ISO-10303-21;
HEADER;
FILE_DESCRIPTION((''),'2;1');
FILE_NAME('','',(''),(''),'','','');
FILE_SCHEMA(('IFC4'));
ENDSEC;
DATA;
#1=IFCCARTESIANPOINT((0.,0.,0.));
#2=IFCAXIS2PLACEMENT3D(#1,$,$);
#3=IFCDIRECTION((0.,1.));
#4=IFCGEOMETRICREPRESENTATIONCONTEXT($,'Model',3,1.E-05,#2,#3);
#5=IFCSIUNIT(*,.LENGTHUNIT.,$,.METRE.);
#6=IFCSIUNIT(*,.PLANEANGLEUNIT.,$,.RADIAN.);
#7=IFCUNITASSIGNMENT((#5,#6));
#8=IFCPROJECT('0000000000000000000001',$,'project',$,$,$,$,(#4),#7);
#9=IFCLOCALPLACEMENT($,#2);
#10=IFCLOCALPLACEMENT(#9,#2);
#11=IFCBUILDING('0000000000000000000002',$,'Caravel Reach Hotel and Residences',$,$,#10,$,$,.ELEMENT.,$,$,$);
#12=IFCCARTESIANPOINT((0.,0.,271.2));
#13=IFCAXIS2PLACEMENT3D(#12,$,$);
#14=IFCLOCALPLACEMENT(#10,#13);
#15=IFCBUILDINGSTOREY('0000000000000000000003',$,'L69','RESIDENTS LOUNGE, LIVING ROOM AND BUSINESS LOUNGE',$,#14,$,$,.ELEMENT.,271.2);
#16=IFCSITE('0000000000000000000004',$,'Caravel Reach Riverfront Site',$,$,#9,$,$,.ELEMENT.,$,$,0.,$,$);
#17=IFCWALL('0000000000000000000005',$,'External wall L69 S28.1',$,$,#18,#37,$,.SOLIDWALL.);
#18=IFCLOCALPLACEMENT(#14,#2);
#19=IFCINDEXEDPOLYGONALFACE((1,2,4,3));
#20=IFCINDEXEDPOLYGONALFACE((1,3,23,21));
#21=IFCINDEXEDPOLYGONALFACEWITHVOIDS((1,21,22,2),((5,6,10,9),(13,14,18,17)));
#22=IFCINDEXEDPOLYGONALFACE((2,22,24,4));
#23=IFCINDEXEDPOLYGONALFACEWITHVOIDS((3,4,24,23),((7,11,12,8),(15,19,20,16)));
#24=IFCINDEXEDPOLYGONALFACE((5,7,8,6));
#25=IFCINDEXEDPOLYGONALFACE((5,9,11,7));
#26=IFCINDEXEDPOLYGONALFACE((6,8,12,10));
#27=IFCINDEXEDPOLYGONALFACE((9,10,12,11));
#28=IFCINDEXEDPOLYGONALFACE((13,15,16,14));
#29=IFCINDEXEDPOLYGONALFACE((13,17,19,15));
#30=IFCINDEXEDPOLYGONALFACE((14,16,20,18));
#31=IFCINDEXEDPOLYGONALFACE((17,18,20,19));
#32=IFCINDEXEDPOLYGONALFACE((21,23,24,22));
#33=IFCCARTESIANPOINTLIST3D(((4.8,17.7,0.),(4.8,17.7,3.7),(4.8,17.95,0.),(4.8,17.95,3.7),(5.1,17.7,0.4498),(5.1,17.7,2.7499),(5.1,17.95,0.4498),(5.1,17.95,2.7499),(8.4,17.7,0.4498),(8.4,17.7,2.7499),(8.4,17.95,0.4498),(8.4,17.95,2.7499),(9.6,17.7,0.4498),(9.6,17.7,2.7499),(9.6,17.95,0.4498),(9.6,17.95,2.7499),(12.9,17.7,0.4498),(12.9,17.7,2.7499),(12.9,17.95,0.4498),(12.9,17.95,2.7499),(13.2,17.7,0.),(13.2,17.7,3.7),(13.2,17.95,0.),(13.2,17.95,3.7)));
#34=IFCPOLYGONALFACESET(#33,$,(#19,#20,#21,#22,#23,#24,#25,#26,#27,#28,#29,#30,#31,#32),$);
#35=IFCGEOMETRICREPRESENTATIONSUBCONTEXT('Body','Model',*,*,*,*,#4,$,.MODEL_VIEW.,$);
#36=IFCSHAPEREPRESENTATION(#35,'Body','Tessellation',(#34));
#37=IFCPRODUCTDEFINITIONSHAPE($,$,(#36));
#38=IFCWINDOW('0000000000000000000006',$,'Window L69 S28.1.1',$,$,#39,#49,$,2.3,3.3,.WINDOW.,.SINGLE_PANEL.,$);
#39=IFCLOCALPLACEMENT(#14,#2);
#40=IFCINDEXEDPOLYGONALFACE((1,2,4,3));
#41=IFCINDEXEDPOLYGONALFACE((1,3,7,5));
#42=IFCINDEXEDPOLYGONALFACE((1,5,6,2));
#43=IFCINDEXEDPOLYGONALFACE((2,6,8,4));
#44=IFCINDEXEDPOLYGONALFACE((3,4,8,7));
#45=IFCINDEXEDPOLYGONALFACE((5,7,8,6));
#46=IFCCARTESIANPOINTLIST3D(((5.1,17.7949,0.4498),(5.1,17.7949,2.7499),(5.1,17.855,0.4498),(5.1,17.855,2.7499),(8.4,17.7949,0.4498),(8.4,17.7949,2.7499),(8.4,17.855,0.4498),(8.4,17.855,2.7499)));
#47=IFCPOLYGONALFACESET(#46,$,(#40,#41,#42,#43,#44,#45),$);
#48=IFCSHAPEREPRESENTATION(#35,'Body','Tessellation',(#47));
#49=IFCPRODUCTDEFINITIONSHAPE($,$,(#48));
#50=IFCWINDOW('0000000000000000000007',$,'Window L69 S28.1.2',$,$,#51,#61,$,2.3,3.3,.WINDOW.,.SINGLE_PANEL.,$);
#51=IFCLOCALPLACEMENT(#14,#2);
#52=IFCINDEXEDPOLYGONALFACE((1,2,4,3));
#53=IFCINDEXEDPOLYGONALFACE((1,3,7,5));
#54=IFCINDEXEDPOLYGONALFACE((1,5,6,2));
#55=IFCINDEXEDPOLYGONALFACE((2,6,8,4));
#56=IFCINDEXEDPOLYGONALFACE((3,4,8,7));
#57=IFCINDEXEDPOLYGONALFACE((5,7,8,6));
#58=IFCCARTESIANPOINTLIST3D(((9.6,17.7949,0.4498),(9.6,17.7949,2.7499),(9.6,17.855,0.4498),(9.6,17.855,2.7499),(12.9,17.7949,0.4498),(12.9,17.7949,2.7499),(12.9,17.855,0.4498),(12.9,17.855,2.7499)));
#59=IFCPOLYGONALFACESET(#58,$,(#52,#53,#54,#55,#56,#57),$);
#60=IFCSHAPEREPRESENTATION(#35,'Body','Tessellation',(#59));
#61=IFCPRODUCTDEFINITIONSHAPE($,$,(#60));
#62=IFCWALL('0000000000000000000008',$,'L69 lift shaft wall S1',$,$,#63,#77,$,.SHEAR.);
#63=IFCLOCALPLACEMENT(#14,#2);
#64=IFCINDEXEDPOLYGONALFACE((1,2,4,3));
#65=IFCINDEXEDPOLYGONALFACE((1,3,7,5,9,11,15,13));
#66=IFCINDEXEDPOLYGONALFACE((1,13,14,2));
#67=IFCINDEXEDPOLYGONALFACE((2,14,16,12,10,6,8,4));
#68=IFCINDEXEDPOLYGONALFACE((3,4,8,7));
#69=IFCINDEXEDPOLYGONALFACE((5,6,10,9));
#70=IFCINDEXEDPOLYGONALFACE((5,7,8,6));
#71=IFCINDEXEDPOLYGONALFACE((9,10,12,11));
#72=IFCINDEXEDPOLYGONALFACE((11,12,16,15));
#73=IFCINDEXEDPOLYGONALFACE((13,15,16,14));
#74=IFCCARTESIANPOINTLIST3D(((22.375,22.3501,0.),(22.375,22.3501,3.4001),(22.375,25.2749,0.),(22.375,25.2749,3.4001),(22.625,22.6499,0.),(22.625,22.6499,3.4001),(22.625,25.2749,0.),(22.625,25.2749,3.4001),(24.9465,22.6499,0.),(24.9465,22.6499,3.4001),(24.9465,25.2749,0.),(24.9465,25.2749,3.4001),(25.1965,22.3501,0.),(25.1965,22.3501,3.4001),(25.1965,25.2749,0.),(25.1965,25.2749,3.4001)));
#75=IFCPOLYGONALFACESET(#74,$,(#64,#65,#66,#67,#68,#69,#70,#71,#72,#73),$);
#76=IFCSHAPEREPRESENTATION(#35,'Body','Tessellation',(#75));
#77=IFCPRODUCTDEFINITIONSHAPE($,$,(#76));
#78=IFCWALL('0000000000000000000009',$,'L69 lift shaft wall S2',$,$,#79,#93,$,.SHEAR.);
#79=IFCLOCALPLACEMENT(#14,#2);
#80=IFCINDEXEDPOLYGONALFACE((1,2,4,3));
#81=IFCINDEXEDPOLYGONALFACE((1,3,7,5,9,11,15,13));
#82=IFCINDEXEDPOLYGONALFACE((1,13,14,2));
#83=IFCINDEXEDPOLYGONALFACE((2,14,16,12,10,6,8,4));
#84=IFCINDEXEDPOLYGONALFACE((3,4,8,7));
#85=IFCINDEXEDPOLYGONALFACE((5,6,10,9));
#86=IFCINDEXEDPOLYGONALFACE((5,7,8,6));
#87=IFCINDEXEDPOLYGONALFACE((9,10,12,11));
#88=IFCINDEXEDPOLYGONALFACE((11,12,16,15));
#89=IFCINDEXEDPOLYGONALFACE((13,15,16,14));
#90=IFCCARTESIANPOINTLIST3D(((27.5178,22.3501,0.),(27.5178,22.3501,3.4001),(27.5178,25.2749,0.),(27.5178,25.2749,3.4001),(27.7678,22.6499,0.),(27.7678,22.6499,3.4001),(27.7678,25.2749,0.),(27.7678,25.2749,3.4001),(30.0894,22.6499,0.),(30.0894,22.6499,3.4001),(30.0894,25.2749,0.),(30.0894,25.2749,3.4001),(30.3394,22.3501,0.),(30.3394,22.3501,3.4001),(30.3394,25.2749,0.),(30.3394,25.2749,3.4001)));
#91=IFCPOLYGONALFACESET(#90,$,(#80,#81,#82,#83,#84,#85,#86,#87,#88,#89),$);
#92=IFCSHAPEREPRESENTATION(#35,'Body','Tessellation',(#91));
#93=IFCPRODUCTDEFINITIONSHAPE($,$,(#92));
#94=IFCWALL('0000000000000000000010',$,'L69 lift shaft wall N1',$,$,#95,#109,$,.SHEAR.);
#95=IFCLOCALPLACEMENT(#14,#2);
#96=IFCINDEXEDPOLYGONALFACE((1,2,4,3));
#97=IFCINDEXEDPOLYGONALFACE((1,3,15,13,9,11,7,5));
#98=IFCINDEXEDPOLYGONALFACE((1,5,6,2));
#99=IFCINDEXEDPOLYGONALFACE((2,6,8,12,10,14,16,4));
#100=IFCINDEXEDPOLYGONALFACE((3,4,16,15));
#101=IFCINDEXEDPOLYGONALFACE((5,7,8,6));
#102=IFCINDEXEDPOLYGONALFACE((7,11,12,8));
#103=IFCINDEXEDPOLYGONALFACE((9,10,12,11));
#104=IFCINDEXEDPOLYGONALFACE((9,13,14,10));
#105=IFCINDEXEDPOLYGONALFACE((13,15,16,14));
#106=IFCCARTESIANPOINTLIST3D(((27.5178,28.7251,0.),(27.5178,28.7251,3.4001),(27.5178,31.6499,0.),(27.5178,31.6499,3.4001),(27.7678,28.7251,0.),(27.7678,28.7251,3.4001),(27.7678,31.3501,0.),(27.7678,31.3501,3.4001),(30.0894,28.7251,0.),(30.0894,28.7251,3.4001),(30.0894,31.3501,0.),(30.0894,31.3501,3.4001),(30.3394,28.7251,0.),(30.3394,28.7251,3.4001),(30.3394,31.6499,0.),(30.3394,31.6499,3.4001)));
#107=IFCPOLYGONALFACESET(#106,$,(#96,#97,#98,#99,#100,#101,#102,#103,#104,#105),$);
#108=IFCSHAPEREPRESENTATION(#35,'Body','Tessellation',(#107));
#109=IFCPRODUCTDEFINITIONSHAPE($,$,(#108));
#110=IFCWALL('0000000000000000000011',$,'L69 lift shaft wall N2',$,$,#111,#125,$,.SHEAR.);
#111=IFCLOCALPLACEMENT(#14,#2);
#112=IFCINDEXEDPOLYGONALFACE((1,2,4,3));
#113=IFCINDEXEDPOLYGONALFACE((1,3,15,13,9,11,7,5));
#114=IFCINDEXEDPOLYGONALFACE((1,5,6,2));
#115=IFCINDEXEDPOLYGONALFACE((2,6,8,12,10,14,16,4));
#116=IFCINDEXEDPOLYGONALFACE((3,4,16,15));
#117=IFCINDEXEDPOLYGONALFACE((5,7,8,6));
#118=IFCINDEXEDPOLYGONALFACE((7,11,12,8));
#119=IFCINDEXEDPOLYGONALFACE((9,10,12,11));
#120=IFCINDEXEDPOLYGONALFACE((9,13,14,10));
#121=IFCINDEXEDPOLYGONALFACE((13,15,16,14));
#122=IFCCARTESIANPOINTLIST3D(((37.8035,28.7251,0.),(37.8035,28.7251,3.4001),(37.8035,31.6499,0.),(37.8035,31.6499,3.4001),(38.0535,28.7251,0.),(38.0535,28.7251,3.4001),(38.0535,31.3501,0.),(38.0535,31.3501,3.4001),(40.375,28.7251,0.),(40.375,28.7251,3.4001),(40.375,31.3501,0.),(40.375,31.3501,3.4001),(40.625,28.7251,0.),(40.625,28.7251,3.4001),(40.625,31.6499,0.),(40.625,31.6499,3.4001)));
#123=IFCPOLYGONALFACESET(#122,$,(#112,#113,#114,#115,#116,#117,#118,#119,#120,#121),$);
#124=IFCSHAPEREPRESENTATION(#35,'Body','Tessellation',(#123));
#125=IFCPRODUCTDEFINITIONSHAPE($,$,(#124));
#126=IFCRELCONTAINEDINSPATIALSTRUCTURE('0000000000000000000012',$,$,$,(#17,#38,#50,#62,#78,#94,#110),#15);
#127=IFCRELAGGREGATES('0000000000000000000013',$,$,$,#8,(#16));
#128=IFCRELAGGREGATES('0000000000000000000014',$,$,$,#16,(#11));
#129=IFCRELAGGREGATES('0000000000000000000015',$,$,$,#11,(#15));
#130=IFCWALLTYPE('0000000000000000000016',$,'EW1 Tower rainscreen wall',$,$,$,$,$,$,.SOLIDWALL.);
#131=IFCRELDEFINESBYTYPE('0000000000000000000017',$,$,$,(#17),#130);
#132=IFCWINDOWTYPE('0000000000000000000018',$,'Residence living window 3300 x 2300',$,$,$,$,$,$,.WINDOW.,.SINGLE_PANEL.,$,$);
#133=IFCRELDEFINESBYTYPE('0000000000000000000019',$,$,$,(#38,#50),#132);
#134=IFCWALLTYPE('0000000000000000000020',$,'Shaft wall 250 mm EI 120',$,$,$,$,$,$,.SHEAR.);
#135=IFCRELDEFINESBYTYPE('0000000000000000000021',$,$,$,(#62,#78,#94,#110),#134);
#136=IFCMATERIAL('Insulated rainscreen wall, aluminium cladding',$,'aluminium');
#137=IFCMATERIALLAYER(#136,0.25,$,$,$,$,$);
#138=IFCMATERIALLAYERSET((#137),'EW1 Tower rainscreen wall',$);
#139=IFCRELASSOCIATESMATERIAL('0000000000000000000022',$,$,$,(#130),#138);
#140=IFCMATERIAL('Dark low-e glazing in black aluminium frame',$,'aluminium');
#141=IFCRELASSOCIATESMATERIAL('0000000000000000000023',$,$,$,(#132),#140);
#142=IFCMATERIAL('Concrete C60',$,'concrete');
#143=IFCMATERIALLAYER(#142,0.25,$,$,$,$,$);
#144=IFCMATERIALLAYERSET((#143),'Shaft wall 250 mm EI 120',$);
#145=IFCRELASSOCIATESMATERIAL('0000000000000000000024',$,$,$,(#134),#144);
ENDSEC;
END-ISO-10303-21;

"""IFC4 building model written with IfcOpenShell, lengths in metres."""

from ifc_helpers import new_model, si_unit, direction, frame, frame_2d, origin, place, context, subcontext, project, spatial, polyline, rectangle, outline, extrude, material, layer, layer_set, type_object, element, fill, save


model = new_model("IFC4")

# Units and contexts
model_context = context("Model", 3, precision=1e-05, world=origin(), true_north=direction((0.0, 1.0)))
body_context = subcontext(model_context, "Body", "Model", "MODEL_VIEW")
ifc_project = project(units=[si_unit("LENGTHUNIT", "METRE"), si_unit("PLANEANGLEUNIT", "RADIAN")], contexts=[model_context])

# Site, building, storey
site_placement = place(None, origin())
site = spatial("IfcSite", under=ifc_project, at=site_placement, Name="Caravel Reach Riverfront Site", CompositionType="ELEMENT", RefElevation=0.0)
building_placement = place(site_placement, origin())
building = spatial("IfcBuilding", under=site, at=building_placement, Name="Caravel Reach Hotel and Residences", CompositionType="ELEMENT")
storey_placement = place(building_placement, frame((0.0, 0.0, 271.2)))
storey = spatial("IfcBuildingStorey", under=building, at=storey_placement, Name="L69", Description="RESIDENTS LOUNGE, LIVING ROOM AND BUSINESS LOUNGE", CompositionType="ELEMENT", Elevation=271.2)

# Wall, openings, windows
ifc_material_1 = material(Name="Insulated rainscreen wall, aluminium cladding", Category="aluminium")
ifc_layer_1 = layer(ifc_material_1, 0.25)
ifc_layer_set_1 = layer_set([ifc_layer_1], Name="EW1 Tower rainscreen wall")
wall_type_1 = type_object("IfcWallType", Name="EW1 Tower rainscreen wall", PredefinedType="SOLIDWALL", material=ifc_layer_set_1)
wall_1_placement = place(storey_placement, frame((4.8, 17.825, 0.0), z_axis=(0.0, 0.0, 1.0), x_axis=(1.0, 0.0, 0.0)))
wall_1 = element("IfcWall", 1, at=wall_1_placement, inside=storey, type_object=wall_type_1, Name="External wall L69 S28.1", PredefinedType="SOLIDWALL", context=body_context, shape_type="SweptSolid", body=[
    extrude(rectangle(XDim=8.3999, YDim=0.25, at=frame_2d((4.2, 0.0))), origin(), (0.0, 0.0, 1.0), 3.7),
])
opening_1_placement = place(wall_1_placement, frame((0.3, 0.0, 0.45)))
opening_1 = element("IfcOpeningElement", 2, at=opening_1_placement, cuts=wall_1, PredefinedType="OPENING", context=body_context, shape_type="SweptSolid", body=[
    extrude(rectangle(XDim=3.3, YDim=2.3, at=frame_2d((1.6499, 1.1499))), frame((0.0, 0.135, 0.0), z_axis=(0.0, -1.0, 0.0), x_axis=(1.0, 0.0, 0.0)), (0.0, 0.0, 1.0), 0.27),
])
opening_2_placement = place(wall_1_placement, frame((4.8, 0.0, 0.45)))
opening_2 = element("IfcOpeningElement", 3, at=opening_2_placement, cuts=wall_1, PredefinedType="OPENING", context=body_context, shape_type="SweptSolid", body=[
    extrude(rectangle(XDim=3.3, YDim=2.3, at=frame_2d((1.6499, 1.1499))), frame((0.0, 0.135, 0.0), z_axis=(0.0, -1.0, 0.0), x_axis=(1.0, 0.0, 0.0)), (0.0, 0.0, 1.0), 0.27),
])
ifc_material_2 = material(Name="Dark low-e glazing in black aluminium frame", Category="aluminium")
window_type = type_object("IfcWindowType", Name="Residence living window 3300 x 2300", PartitioningType="SINGLE_PANEL", PredefinedType="WINDOW", material=ifc_material_2)
window_1_placement = place(opening_1_placement, origin())
window_1 = element("IfcWindow", 4, at=window_1_placement, inside=storey, type_object=window_type, Name="Window L69 S28.1.1", OverallHeight=2.3, OverallWidth=3.3, PartitioningType="SINGLE_PANEL", PredefinedType="WINDOW", context=body_context, shape_type="SweptSolid", body=[
    extrude(rectangle(XDim=3.3, YDim=2.3, at=frame_2d((1.6499, 1.1499))), frame((0.0, 0.03, 0.0), z_axis=(0.0, -1.0, 0.0), x_axis=(1.0, 0.0, 0.0)), (0.0, 0.0, 1.0), 0.0601),
])
fill(opening_1, window_1)
window_2_placement = place(opening_2_placement, origin())
window_2 = element("IfcWindow", 5, at=window_2_placement, inside=storey, type_object=window_type, Name="Window L69 S28.1.2", OverallHeight=2.3, OverallWidth=3.3, PartitioningType="SINGLE_PANEL", PredefinedType="WINDOW", context=body_context, shape_type="SweptSolid", body=[
    extrude(rectangle(XDim=3.3, YDim=2.3, at=frame_2d((1.6499, 1.1499))), frame((0.0, 0.03, 0.0), z_axis=(0.0, -1.0, 0.0), x_axis=(1.0, 0.0, 0.0)), (0.0, 0.0, 1.0), 0.0601),
])
fill(opening_2, window_2)

# Walls
ifc_material_3 = material(Name="Concrete C60", Category="concrete")
ifc_layer_2 = layer(ifc_material_3, 0.25)
ifc_layer_set_2 = layer_set([ifc_layer_2], Name="Shaft wall 250 mm EI 120")
wall_type_2 = type_object("IfcWallType", Name="Shaft wall 250 mm EI 120", PredefinedType="SHEAR", material=ifc_layer_set_2)
wall_2_placement = place(storey_placement, origin())
element("IfcWall", 6, at=wall_2_placement, inside=storey, type_object=wall_type_2, Name="L69 lift shaft wall S1", PredefinedType="SHEAR", context=body_context, shape_type="SweptSolid", body=[
    extrude(outline(polyline([(22.375, 22.3501), (25.1965, 22.3501), (25.1965, 25.2749), (24.9465, 25.2749), (24.9465, 22.6499), (22.625, 22.6499), (22.625, 25.2749), (22.375, 25.2749), (22.375, 22.3501)])), origin(), (0.0, 0.0, 1.0), 3.4001),
])
wall_3_placement = place(storey_placement, origin())
element("IfcWall", 7, at=wall_3_placement, inside=storey, type_object=wall_type_2, Name="L69 lift shaft wall S2", PredefinedType="SHEAR", context=body_context, shape_type="SweptSolid", body=[
    extrude(outline(polyline([(27.5178, 22.3501), (30.3394, 22.3501), (30.3394, 25.2749), (30.0894, 25.2749), (30.0894, 22.6499), (27.7678, 22.6499), (27.7678, 25.2749), (27.5178, 25.2749), (27.5178, 22.3501)])), origin(), (0.0, 0.0, 1.0), 3.4001),
])
wall_4_placement = place(storey_placement, origin())
element("IfcWall", 8, at=wall_4_placement, inside=storey, type_object=wall_type_2, Name="L69 lift shaft wall N1", PredefinedType="SHEAR", context=body_context, shape_type="SweptSolid", body=[
    extrude(outline(polyline([(27.5178, 28.7251), (27.7678, 28.7251), (27.7678, 31.3501), (30.0894, 31.3501), (30.0894, 28.7251), (30.3394, 28.7251), (30.3394, 31.6499), (27.5178, 31.6499), (27.5178, 28.7251)])), origin(), (0.0, 0.0, 1.0), 3.4001),
])
wall_5_placement = place(storey_placement, origin())
element("IfcWall", 9, at=wall_5_placement, inside=storey, type_object=wall_type_2, Name="L69 lift shaft wall N2", PredefinedType="SHEAR", context=body_context, shape_type="SweptSolid", body=[
    extrude(outline(polyline([(37.8035, 28.7251), (38.0535, 28.7251), (38.0535, 31.3501), (40.375, 31.3501), (40.375, 28.7251), (40.625, 28.7251), (40.625, 31.6499), (37.8035, 31.6499), (37.8035, 28.7251)])), origin(), (0.0, 0.0, 1.0), 3.4001),
])

save(model, "model.ifc")
